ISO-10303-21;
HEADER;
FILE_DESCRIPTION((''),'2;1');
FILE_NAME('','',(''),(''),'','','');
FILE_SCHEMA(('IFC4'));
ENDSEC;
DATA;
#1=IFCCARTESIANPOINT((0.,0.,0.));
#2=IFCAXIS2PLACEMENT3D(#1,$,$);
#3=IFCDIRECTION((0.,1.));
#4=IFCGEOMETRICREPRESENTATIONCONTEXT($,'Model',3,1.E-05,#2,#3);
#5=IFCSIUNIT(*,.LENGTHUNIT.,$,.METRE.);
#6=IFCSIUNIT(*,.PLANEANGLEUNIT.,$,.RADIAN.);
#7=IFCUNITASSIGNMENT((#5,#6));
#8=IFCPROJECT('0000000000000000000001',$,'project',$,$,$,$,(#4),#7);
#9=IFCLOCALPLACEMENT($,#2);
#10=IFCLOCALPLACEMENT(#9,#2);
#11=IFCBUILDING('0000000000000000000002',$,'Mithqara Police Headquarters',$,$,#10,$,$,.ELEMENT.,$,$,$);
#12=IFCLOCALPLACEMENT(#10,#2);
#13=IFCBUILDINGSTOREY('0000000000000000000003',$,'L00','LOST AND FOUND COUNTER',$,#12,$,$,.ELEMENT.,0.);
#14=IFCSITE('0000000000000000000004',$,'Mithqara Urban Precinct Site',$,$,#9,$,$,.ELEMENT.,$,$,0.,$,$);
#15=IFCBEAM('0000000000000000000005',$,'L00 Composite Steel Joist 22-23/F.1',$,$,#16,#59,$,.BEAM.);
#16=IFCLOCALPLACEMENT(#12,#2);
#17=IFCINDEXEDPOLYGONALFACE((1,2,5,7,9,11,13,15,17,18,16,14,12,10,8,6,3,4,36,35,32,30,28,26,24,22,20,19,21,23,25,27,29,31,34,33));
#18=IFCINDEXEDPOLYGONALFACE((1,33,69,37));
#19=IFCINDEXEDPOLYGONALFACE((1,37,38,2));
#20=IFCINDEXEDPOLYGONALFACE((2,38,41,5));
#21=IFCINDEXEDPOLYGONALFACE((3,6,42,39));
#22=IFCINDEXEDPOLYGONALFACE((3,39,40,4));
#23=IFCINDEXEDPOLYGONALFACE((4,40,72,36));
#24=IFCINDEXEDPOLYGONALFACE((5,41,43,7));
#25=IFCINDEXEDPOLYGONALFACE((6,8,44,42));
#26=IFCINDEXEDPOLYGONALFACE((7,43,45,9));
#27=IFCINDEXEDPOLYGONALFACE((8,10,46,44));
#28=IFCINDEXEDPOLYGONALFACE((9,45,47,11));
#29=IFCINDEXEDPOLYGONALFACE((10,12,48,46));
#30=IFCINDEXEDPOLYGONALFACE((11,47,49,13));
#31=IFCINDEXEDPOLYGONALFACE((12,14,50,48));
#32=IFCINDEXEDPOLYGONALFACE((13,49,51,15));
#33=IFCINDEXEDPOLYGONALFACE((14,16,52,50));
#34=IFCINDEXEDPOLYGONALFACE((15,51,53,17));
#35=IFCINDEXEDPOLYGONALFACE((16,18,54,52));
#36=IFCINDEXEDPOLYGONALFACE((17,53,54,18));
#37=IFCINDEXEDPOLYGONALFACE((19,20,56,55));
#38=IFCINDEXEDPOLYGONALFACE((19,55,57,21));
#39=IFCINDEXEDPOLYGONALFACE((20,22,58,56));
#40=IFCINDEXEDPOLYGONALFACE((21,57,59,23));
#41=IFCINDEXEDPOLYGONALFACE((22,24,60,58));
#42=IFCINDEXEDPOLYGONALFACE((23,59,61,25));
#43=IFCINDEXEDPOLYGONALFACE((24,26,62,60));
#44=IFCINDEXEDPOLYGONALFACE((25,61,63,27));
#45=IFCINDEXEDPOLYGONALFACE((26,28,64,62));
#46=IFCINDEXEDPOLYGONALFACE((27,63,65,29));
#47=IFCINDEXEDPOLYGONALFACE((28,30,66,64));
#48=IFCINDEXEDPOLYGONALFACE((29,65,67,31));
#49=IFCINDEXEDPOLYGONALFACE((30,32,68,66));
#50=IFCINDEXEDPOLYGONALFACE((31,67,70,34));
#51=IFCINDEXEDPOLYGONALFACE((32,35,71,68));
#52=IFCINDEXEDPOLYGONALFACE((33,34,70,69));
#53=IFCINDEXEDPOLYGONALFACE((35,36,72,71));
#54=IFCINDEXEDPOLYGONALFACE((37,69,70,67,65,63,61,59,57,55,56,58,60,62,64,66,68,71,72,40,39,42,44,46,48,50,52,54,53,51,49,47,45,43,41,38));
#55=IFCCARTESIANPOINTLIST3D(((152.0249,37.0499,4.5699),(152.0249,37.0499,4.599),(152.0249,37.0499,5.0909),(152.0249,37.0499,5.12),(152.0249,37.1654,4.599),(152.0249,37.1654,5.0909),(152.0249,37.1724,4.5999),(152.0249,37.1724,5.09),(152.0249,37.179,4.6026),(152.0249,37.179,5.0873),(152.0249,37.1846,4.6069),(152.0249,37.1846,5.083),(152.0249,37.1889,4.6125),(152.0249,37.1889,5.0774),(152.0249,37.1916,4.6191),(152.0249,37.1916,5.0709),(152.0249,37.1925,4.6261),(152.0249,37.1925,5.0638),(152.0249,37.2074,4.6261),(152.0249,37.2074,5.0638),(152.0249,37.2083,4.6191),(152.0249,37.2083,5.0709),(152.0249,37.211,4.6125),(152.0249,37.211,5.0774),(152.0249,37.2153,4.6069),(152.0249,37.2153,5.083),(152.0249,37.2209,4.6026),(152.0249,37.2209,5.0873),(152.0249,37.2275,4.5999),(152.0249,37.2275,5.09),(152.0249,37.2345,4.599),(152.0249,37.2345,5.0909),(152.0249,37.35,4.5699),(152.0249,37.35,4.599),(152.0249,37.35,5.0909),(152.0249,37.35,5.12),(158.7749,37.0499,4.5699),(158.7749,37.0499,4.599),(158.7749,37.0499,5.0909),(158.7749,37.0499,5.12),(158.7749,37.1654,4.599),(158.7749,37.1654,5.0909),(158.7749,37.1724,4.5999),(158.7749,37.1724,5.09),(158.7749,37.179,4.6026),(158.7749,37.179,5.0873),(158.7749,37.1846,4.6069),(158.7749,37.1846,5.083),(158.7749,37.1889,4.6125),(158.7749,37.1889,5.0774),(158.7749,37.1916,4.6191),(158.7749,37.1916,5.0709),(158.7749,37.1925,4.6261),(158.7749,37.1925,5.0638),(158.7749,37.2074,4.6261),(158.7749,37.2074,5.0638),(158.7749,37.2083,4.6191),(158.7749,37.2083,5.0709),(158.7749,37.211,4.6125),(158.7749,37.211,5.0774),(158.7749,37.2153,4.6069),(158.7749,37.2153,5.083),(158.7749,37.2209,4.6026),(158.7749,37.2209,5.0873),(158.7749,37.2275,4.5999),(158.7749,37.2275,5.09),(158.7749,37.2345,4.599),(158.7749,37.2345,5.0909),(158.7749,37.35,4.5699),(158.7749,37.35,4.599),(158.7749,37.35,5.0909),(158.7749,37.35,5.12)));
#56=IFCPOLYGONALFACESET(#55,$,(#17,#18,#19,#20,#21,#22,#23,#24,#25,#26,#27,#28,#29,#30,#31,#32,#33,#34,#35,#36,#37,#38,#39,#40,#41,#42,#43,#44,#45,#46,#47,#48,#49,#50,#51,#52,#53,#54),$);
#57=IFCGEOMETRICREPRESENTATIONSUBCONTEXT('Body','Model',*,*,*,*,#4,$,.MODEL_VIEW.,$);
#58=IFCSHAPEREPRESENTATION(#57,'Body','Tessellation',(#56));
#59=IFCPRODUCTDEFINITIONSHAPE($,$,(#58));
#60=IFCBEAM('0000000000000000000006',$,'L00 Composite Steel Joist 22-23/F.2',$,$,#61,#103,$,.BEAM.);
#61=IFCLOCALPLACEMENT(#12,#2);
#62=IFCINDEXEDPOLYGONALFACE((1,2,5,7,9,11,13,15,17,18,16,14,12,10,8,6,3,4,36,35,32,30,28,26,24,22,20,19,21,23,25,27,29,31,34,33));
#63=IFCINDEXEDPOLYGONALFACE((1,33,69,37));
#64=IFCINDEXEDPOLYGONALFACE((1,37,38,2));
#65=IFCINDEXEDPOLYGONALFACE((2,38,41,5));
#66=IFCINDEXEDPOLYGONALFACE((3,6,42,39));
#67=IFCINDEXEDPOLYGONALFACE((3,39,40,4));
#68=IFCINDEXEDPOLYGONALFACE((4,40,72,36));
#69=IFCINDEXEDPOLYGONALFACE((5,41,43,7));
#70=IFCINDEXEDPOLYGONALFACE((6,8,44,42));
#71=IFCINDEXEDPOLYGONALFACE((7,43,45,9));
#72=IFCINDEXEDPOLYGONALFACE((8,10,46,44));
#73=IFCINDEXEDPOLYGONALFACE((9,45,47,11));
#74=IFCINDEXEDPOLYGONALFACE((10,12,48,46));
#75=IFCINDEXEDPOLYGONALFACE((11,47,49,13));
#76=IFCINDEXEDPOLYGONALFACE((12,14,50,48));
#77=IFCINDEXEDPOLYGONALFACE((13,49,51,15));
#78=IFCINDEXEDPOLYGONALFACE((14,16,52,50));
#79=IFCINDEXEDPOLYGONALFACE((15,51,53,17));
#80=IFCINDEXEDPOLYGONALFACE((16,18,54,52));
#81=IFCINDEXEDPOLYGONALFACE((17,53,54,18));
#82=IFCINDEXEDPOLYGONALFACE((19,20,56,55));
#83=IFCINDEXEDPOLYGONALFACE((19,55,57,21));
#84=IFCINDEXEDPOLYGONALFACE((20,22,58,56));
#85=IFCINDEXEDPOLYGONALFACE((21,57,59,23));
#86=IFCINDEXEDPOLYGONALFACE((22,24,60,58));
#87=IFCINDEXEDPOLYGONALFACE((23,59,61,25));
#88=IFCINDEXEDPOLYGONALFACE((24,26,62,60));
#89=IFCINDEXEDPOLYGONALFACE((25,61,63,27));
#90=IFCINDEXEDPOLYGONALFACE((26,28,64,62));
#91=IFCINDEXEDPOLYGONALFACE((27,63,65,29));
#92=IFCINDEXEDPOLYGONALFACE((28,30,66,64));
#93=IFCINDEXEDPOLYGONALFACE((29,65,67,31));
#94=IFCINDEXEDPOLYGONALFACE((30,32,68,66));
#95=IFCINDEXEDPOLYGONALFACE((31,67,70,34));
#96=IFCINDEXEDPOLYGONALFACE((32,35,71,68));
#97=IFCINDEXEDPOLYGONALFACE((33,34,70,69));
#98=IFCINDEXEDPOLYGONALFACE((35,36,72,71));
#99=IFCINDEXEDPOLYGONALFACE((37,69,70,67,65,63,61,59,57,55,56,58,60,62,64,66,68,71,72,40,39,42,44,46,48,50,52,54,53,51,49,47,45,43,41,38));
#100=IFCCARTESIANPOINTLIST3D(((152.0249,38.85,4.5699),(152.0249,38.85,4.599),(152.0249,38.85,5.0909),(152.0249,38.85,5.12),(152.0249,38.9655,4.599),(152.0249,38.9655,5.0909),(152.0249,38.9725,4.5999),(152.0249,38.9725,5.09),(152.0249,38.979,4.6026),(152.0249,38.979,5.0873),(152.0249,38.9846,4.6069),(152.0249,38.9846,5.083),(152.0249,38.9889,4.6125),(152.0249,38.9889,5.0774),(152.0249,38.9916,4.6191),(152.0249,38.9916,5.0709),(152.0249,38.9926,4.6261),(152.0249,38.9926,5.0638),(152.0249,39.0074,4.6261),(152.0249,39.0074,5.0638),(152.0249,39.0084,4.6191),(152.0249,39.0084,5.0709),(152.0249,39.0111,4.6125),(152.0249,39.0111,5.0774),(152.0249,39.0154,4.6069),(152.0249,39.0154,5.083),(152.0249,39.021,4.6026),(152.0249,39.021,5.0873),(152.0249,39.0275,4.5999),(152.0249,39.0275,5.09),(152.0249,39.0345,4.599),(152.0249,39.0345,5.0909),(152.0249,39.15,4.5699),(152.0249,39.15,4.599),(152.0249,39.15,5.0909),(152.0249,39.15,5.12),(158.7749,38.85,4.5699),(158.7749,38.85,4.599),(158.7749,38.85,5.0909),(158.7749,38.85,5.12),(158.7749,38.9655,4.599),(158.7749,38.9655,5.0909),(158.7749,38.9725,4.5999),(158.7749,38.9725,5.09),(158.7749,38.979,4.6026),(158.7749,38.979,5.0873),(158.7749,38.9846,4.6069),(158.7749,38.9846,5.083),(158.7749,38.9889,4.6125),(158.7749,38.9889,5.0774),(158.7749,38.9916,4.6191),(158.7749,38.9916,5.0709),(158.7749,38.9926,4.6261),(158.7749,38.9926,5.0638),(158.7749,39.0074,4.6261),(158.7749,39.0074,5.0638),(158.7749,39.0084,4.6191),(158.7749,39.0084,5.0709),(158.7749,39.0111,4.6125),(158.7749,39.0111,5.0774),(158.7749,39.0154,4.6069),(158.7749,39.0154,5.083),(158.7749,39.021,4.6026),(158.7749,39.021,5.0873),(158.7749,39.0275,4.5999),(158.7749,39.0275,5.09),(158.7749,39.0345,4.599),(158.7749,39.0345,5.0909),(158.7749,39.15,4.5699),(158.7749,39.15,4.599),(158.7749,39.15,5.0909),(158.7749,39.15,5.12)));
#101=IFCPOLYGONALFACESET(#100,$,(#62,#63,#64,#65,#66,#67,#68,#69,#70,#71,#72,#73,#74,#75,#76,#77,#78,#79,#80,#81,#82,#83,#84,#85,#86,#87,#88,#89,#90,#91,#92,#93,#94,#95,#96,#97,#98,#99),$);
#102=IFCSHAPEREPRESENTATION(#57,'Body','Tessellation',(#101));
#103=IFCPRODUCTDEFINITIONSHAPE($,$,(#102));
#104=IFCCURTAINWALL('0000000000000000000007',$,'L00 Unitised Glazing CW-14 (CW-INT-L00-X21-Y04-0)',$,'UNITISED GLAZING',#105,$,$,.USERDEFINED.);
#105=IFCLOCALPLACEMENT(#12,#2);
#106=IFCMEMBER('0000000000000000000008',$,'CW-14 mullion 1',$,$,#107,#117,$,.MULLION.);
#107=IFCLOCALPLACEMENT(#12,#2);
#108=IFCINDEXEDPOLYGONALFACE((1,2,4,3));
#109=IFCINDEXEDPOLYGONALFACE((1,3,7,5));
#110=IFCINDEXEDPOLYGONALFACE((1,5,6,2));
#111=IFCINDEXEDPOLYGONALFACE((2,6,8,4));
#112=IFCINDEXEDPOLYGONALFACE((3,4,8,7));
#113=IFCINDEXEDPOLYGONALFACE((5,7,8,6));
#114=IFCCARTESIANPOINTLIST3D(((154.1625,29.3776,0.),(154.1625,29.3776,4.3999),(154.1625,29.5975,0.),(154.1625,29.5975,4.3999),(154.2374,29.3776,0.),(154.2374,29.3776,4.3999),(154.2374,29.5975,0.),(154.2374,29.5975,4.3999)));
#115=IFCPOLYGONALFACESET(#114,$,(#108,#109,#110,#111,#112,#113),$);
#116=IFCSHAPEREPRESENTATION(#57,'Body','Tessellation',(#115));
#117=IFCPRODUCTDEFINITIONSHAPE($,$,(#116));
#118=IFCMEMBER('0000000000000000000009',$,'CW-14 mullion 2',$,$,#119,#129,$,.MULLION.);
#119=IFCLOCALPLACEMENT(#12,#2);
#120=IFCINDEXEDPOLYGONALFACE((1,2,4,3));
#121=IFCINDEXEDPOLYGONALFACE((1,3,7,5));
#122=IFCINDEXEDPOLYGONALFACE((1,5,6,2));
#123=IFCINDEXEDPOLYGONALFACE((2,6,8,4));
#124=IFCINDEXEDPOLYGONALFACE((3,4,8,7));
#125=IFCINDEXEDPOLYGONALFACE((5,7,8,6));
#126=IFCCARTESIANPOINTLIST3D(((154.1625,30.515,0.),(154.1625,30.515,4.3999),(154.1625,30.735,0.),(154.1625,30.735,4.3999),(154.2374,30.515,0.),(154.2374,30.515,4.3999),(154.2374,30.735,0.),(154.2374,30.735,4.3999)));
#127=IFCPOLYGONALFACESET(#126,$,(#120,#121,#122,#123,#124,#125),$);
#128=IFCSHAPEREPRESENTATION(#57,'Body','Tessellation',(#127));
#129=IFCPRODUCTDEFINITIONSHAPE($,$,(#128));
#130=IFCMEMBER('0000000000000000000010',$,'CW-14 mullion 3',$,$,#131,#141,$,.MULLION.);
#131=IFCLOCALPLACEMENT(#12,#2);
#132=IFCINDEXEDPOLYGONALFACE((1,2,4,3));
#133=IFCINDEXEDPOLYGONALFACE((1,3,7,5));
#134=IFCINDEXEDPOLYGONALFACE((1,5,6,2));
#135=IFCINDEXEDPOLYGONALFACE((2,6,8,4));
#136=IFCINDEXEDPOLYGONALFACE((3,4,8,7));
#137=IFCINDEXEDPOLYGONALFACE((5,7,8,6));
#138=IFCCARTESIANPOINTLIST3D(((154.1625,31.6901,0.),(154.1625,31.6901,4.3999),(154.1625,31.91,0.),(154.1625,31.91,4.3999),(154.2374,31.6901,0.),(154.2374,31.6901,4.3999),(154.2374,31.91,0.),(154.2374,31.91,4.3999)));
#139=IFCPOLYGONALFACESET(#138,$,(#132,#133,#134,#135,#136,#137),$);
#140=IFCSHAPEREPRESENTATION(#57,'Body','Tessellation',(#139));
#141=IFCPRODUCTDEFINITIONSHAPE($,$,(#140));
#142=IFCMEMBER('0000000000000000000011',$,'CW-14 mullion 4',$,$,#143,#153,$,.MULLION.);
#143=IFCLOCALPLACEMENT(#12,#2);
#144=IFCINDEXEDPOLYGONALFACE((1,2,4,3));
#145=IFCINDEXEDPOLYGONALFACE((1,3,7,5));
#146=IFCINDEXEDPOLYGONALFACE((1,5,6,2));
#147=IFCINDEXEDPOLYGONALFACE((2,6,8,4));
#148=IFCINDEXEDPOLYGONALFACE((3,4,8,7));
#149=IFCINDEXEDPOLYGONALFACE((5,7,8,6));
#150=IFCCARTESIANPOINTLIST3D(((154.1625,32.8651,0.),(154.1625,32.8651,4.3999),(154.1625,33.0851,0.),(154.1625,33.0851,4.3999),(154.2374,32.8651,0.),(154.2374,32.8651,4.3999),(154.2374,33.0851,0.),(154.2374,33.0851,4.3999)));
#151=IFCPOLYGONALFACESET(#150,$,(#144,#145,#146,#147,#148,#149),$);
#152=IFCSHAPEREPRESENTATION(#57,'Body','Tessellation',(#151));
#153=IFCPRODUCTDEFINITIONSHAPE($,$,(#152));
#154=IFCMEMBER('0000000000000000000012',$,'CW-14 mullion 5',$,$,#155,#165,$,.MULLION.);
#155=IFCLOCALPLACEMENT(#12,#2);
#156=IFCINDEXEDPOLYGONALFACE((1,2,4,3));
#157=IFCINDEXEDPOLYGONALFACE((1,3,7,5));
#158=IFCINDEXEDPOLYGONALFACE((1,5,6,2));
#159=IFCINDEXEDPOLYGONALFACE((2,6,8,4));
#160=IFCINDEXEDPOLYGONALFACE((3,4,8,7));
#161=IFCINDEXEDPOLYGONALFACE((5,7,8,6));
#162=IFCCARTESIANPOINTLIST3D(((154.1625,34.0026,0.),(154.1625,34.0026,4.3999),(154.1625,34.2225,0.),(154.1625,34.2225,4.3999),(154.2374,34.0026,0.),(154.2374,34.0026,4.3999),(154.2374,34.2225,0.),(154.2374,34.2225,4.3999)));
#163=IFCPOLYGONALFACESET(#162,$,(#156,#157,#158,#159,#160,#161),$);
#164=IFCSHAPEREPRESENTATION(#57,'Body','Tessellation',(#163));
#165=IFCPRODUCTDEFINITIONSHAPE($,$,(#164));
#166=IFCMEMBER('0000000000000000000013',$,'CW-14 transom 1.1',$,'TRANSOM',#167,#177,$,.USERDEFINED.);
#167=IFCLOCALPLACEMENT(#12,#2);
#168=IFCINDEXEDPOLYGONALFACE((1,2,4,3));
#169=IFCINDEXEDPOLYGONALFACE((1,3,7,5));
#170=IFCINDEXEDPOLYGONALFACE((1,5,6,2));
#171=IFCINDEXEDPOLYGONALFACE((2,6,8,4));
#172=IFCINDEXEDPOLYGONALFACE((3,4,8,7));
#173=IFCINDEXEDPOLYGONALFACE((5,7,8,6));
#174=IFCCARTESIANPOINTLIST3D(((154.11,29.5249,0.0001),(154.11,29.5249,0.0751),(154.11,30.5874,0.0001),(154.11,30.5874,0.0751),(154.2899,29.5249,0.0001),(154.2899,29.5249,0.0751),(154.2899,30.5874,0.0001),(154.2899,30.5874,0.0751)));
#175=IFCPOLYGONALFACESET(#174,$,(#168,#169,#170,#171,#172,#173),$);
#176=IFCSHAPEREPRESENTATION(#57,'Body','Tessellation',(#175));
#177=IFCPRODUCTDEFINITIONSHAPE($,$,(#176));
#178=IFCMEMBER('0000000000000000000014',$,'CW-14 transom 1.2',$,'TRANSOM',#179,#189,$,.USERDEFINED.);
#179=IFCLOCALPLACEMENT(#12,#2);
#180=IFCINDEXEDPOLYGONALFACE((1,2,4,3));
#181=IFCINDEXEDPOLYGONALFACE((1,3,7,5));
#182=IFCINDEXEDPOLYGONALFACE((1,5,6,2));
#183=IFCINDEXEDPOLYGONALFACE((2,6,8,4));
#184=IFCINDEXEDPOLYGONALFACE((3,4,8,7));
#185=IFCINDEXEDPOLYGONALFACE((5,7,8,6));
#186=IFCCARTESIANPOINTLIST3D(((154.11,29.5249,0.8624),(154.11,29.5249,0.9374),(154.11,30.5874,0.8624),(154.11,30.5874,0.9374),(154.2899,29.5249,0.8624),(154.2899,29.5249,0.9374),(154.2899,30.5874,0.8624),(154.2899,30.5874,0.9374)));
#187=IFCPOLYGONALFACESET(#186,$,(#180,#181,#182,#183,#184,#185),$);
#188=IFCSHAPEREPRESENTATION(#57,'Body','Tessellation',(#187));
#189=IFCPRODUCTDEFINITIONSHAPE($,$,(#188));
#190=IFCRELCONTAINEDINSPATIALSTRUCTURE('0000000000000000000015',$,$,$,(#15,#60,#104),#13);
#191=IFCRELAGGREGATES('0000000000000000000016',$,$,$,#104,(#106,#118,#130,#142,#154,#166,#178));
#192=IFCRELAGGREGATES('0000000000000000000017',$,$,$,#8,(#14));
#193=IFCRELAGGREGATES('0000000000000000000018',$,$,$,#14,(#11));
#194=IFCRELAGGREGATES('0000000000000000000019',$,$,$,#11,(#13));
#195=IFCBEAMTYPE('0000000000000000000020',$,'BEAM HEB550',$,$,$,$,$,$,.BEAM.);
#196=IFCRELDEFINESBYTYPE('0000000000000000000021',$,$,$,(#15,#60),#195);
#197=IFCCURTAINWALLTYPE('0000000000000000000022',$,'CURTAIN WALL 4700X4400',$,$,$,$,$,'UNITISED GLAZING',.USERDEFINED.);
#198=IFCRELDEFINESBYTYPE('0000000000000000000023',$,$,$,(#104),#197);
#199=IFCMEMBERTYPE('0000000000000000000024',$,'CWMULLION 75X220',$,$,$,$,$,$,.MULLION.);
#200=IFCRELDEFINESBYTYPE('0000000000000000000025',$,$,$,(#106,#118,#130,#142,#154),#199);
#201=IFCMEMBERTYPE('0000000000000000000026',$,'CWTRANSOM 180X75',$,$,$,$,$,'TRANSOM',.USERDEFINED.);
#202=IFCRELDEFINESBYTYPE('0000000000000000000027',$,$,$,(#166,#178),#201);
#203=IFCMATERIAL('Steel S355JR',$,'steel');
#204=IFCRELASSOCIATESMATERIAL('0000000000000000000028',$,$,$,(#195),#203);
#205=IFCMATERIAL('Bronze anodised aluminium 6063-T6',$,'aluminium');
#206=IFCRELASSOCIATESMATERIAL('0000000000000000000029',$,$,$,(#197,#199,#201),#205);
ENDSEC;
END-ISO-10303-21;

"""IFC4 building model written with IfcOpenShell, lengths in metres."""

from ifc_helpers import new_model, si_unit, direction, frame, origin, origin_2d, place, context, subcontext, project, spatial, rectangle, i_section, extrude, material, material_profile, profile_set, type_object, element, aggregate, save


model = new_model("IFC4")

# Units and contexts
model_context = context("Model", 3, precision=1e-05, world=origin(), true_north=direction((0.0, 1.0)))
body_context = subcontext(model_context, "Body", "Model", "MODEL_VIEW")
ifc_project = project(units=[si_unit("LENGTHUNIT", "METRE"), si_unit("PLANEANGLEUNIT", "RADIAN")], contexts=[model_context])

# Site, building, storey
site_placement = place(None, origin())
site = spatial("IfcSite", under=ifc_project, at=site_placement, Name="Mithqara Urban Precinct Site", CompositionType="ELEMENT", RefElevation=0.0)
building_placement = place(site_placement, origin())
building = spatial("IfcBuilding", under=site, at=building_placement, Name="Mithqara Police Headquarters", CompositionType="ELEMENT")
storey_placement = place(building_placement, origin())
storey = spatial("IfcBuildingStorey", under=building, at=storey_placement, Name="L00", Description="LOST AND FOUND COUNTER", CompositionType="ELEMENT", Elevation=0.0)

# Beams
ifc_material_1 = material(Name="Steel S355JR", Category="steel")
ifc_material_profile_1 = material_profile(ifc_material_1, i_section(OverallWidth=0.3, OverallDepth=0.55, WebThickness=0.0149, FlangeThickness=0.0291, FilletRadius=0.0271, at=origin_2d()), Name="HEB 550")
ifc_profile_set_1 = profile_set([ifc_material_profile_1], Name="Steel S355JR")
beam_type = type_object("IfcBeamType", Name="BEAM HEB550", PredefinedType="BEAM", material=ifc_profile_set_1)
for number, where, z_axis, x_axis, name in (
    (1, (152.0249, 37.2, 4.845), (1.0, 0.0, 0.0), (0.0, 1.0, 0.0), "L00 Composite Steel Joist 22-23/F.1"),
    (2, (152.0249, 39.0, 4.845), (1.0, 0.0, 0.0), (0.0, 1.0, 0.0), "L00 Composite Steel Joist 22-23/F.2"),
):
    element("IfcBeam", number, at=place(storey_placement, frame(where, z_axis=z_axis, x_axis=x_axis)), inside=storey, type_object=beam_type, Name=name, PredefinedType="BEAM", context=body_context, shape_type="SweptSolid", body=[
        extrude(i_section(OverallWidth=0.3, OverallDepth=0.55, WebThickness=0.0149, FlangeThickness=0.0291, FilletRadius=0.0271, at=origin_2d()), origin(), (0.0, 0.0, 1.0), 6.75),
    ])

# Curtain wall, members
ifc_material_2 = material(Name="Bronze anodised aluminium 6063-T6", Category="aluminium")
curtain_wall_type = type_object("IfcCurtainWallType", Name="CURTAIN WALL 4700X4400", ElementType="UNITISED GLAZING", PredefinedType="USERDEFINED", material=ifc_material_2)
curtain_wall_placement = place(storey_placement, origin())
curtain_wall = element("IfcCurtainWall", 3, at=curtain_wall_placement, inside=storey, type_object=curtain_wall_type, Name="L00 Unitised Glazing CW-14 (CW-INT-L00-X21-Y04-0)", ObjectType="UNITISED GLAZING", PredefinedType="USERDEFINED")
ifc_material_profile_2 = material_profile(ifc_material_2, rectangle(XDim=0.075, YDim=0.22, at=origin_2d()), Name="CWM 75x220")
ifc_profile_set_2 = profile_set([ifc_material_profile_2], Name="Bronze anodised aluminium 6063-T6")
member_type_1 = type_object("IfcMemberType", Name="CWMULLION 75X220", PredefinedType="MULLION", material=ifc_profile_set_2)
member_1_placement = place(storey_placement, frame((154.2, 29.4875, 0.0), z_axis=(0.0, 0.0, 1.0), x_axis=(-1.0, 0.0, 0.0)))
member_1 = element("IfcMember", 4, at=member_1_placement, type_object=member_type_1, Name="CW-14 mullion 1", PredefinedType="MULLION", context=body_context, shape_type="SweptSolid", body=[
    extrude(rectangle(XDim=0.075, YDim=0.22, at=origin_2d()), origin(), (0.0, 0.0, 1.0), 4.3999),
])
member_2_placement = place(storey_placement, frame((154.2, 30.625, 0.0), z_axis=(0.0, 0.0, 1.0), x_axis=(-1.0, 0.0, 0.0)))
member_2 = element("IfcMember", 5, at=member_2_placement, type_object=member_type_1, Name="CW-14 mullion 2", PredefinedType="MULLION", context=body_context, shape_type="SweptSolid", body=[
    extrude(rectangle(XDim=0.075, YDim=0.22, at=origin_2d()), origin(), (0.0, 0.0, 1.0), 4.3999),
])
member_3_placement = place(storey_placement, frame((154.2, 31.8, 0.0), z_axis=(0.0, 0.0, 1.0), x_axis=(-1.0, 0.0, 0.0)))
member_3 = element("IfcMember", 6, at=member_3_placement, type_object=member_type_1, Name="CW-14 mullion 3", PredefinedType="MULLION", context=body_context, shape_type="SweptSolid", body=[
    extrude(rectangle(XDim=0.075, YDim=0.22, at=origin_2d()), origin(), (0.0, 0.0, 1.0), 4.3999),
])
member_4_placement = place(storey_placement, frame((154.2, 32.9751, 0.0), z_axis=(0.0, 0.0, 1.0), x_axis=(-1.0, 0.0, 0.0)))
member_4 = element("IfcMember", 7, at=member_4_placement, type_object=member_type_1, Name="CW-14 mullion 4", PredefinedType="MULLION", context=body_context, shape_type="SweptSolid", body=[
    extrude(rectangle(XDim=0.075, YDim=0.22, at=origin_2d()), origin(), (0.0, 0.0, 1.0), 4.3999),
])
member_5_placement = place(storey_placement, frame((154.2, 34.1125, 0.0), z_axis=(0.0, 0.0, 1.0), x_axis=(-1.0, 0.0, 0.0)))
member_5 = element("IfcMember", 8, at=member_5_placement, type_object=member_type_1, Name="CW-14 mullion 5", PredefinedType="MULLION", context=body_context, shape_type="SweptSolid", body=[
    extrude(rectangle(XDim=0.075, YDim=0.22, at=origin_2d()), origin(), (0.0, 0.0, 1.0), 4.3999),
])
ifc_material_profile_3 = material_profile(ifc_material_2, rectangle(XDim=0.1799, YDim=0.075, at=origin_2d()), Name="CWT 180x75")
ifc_profile_set_3 = profile_set([ifc_material_profile_3], Name="Bronze anodised aluminium 6063-T6")
member_type_2 = type_object("IfcMemberType", Name="CWTRANSOM 180X75", ElementType="TRANSOM", PredefinedType="USERDEFINED", material=ifc_profile_set_3)
member_6_placement = place(storey_placement, frame((154.2, 29.5249, 0.0376), z_axis=(0.0, 1.0, 0.0), x_axis=(-1.0, 0.0, 0.0)))
member_6 = element("IfcMember", 9, at=member_6_placement, type_object=member_type_2, Name="CW-14 transom 1.1", ObjectType="TRANSOM", PredefinedType="USERDEFINED", context=body_context, shape_type="SweptSolid", body=[
    extrude(rectangle(XDim=0.1799, YDim=0.075, at=origin_2d()), origin(), (0.0, 0.0, 1.0), 1.0625),
])
member_7_placement = place(storey_placement, frame((154.2, 29.5249, 0.8999), z_axis=(0.0, 1.0, 0.0), x_axis=(-1.0, 0.0, 0.0)))
member_7 = element("IfcMember", 10, at=member_7_placement, type_object=member_type_2, Name="CW-14 transom 1.2", ObjectType="TRANSOM", PredefinedType="USERDEFINED", context=body_context, shape_type="SweptSolid", body=[
    extrude(rectangle(XDim=0.1799, YDim=0.075, at=origin_2d()), origin(), (0.0, 0.0, 1.0), 1.0625),
])
aggregate(curtain_wall, [member_1, member_2, member_3, member_4, member_5, member_6, member_7])

save(model, "model.ifc")
